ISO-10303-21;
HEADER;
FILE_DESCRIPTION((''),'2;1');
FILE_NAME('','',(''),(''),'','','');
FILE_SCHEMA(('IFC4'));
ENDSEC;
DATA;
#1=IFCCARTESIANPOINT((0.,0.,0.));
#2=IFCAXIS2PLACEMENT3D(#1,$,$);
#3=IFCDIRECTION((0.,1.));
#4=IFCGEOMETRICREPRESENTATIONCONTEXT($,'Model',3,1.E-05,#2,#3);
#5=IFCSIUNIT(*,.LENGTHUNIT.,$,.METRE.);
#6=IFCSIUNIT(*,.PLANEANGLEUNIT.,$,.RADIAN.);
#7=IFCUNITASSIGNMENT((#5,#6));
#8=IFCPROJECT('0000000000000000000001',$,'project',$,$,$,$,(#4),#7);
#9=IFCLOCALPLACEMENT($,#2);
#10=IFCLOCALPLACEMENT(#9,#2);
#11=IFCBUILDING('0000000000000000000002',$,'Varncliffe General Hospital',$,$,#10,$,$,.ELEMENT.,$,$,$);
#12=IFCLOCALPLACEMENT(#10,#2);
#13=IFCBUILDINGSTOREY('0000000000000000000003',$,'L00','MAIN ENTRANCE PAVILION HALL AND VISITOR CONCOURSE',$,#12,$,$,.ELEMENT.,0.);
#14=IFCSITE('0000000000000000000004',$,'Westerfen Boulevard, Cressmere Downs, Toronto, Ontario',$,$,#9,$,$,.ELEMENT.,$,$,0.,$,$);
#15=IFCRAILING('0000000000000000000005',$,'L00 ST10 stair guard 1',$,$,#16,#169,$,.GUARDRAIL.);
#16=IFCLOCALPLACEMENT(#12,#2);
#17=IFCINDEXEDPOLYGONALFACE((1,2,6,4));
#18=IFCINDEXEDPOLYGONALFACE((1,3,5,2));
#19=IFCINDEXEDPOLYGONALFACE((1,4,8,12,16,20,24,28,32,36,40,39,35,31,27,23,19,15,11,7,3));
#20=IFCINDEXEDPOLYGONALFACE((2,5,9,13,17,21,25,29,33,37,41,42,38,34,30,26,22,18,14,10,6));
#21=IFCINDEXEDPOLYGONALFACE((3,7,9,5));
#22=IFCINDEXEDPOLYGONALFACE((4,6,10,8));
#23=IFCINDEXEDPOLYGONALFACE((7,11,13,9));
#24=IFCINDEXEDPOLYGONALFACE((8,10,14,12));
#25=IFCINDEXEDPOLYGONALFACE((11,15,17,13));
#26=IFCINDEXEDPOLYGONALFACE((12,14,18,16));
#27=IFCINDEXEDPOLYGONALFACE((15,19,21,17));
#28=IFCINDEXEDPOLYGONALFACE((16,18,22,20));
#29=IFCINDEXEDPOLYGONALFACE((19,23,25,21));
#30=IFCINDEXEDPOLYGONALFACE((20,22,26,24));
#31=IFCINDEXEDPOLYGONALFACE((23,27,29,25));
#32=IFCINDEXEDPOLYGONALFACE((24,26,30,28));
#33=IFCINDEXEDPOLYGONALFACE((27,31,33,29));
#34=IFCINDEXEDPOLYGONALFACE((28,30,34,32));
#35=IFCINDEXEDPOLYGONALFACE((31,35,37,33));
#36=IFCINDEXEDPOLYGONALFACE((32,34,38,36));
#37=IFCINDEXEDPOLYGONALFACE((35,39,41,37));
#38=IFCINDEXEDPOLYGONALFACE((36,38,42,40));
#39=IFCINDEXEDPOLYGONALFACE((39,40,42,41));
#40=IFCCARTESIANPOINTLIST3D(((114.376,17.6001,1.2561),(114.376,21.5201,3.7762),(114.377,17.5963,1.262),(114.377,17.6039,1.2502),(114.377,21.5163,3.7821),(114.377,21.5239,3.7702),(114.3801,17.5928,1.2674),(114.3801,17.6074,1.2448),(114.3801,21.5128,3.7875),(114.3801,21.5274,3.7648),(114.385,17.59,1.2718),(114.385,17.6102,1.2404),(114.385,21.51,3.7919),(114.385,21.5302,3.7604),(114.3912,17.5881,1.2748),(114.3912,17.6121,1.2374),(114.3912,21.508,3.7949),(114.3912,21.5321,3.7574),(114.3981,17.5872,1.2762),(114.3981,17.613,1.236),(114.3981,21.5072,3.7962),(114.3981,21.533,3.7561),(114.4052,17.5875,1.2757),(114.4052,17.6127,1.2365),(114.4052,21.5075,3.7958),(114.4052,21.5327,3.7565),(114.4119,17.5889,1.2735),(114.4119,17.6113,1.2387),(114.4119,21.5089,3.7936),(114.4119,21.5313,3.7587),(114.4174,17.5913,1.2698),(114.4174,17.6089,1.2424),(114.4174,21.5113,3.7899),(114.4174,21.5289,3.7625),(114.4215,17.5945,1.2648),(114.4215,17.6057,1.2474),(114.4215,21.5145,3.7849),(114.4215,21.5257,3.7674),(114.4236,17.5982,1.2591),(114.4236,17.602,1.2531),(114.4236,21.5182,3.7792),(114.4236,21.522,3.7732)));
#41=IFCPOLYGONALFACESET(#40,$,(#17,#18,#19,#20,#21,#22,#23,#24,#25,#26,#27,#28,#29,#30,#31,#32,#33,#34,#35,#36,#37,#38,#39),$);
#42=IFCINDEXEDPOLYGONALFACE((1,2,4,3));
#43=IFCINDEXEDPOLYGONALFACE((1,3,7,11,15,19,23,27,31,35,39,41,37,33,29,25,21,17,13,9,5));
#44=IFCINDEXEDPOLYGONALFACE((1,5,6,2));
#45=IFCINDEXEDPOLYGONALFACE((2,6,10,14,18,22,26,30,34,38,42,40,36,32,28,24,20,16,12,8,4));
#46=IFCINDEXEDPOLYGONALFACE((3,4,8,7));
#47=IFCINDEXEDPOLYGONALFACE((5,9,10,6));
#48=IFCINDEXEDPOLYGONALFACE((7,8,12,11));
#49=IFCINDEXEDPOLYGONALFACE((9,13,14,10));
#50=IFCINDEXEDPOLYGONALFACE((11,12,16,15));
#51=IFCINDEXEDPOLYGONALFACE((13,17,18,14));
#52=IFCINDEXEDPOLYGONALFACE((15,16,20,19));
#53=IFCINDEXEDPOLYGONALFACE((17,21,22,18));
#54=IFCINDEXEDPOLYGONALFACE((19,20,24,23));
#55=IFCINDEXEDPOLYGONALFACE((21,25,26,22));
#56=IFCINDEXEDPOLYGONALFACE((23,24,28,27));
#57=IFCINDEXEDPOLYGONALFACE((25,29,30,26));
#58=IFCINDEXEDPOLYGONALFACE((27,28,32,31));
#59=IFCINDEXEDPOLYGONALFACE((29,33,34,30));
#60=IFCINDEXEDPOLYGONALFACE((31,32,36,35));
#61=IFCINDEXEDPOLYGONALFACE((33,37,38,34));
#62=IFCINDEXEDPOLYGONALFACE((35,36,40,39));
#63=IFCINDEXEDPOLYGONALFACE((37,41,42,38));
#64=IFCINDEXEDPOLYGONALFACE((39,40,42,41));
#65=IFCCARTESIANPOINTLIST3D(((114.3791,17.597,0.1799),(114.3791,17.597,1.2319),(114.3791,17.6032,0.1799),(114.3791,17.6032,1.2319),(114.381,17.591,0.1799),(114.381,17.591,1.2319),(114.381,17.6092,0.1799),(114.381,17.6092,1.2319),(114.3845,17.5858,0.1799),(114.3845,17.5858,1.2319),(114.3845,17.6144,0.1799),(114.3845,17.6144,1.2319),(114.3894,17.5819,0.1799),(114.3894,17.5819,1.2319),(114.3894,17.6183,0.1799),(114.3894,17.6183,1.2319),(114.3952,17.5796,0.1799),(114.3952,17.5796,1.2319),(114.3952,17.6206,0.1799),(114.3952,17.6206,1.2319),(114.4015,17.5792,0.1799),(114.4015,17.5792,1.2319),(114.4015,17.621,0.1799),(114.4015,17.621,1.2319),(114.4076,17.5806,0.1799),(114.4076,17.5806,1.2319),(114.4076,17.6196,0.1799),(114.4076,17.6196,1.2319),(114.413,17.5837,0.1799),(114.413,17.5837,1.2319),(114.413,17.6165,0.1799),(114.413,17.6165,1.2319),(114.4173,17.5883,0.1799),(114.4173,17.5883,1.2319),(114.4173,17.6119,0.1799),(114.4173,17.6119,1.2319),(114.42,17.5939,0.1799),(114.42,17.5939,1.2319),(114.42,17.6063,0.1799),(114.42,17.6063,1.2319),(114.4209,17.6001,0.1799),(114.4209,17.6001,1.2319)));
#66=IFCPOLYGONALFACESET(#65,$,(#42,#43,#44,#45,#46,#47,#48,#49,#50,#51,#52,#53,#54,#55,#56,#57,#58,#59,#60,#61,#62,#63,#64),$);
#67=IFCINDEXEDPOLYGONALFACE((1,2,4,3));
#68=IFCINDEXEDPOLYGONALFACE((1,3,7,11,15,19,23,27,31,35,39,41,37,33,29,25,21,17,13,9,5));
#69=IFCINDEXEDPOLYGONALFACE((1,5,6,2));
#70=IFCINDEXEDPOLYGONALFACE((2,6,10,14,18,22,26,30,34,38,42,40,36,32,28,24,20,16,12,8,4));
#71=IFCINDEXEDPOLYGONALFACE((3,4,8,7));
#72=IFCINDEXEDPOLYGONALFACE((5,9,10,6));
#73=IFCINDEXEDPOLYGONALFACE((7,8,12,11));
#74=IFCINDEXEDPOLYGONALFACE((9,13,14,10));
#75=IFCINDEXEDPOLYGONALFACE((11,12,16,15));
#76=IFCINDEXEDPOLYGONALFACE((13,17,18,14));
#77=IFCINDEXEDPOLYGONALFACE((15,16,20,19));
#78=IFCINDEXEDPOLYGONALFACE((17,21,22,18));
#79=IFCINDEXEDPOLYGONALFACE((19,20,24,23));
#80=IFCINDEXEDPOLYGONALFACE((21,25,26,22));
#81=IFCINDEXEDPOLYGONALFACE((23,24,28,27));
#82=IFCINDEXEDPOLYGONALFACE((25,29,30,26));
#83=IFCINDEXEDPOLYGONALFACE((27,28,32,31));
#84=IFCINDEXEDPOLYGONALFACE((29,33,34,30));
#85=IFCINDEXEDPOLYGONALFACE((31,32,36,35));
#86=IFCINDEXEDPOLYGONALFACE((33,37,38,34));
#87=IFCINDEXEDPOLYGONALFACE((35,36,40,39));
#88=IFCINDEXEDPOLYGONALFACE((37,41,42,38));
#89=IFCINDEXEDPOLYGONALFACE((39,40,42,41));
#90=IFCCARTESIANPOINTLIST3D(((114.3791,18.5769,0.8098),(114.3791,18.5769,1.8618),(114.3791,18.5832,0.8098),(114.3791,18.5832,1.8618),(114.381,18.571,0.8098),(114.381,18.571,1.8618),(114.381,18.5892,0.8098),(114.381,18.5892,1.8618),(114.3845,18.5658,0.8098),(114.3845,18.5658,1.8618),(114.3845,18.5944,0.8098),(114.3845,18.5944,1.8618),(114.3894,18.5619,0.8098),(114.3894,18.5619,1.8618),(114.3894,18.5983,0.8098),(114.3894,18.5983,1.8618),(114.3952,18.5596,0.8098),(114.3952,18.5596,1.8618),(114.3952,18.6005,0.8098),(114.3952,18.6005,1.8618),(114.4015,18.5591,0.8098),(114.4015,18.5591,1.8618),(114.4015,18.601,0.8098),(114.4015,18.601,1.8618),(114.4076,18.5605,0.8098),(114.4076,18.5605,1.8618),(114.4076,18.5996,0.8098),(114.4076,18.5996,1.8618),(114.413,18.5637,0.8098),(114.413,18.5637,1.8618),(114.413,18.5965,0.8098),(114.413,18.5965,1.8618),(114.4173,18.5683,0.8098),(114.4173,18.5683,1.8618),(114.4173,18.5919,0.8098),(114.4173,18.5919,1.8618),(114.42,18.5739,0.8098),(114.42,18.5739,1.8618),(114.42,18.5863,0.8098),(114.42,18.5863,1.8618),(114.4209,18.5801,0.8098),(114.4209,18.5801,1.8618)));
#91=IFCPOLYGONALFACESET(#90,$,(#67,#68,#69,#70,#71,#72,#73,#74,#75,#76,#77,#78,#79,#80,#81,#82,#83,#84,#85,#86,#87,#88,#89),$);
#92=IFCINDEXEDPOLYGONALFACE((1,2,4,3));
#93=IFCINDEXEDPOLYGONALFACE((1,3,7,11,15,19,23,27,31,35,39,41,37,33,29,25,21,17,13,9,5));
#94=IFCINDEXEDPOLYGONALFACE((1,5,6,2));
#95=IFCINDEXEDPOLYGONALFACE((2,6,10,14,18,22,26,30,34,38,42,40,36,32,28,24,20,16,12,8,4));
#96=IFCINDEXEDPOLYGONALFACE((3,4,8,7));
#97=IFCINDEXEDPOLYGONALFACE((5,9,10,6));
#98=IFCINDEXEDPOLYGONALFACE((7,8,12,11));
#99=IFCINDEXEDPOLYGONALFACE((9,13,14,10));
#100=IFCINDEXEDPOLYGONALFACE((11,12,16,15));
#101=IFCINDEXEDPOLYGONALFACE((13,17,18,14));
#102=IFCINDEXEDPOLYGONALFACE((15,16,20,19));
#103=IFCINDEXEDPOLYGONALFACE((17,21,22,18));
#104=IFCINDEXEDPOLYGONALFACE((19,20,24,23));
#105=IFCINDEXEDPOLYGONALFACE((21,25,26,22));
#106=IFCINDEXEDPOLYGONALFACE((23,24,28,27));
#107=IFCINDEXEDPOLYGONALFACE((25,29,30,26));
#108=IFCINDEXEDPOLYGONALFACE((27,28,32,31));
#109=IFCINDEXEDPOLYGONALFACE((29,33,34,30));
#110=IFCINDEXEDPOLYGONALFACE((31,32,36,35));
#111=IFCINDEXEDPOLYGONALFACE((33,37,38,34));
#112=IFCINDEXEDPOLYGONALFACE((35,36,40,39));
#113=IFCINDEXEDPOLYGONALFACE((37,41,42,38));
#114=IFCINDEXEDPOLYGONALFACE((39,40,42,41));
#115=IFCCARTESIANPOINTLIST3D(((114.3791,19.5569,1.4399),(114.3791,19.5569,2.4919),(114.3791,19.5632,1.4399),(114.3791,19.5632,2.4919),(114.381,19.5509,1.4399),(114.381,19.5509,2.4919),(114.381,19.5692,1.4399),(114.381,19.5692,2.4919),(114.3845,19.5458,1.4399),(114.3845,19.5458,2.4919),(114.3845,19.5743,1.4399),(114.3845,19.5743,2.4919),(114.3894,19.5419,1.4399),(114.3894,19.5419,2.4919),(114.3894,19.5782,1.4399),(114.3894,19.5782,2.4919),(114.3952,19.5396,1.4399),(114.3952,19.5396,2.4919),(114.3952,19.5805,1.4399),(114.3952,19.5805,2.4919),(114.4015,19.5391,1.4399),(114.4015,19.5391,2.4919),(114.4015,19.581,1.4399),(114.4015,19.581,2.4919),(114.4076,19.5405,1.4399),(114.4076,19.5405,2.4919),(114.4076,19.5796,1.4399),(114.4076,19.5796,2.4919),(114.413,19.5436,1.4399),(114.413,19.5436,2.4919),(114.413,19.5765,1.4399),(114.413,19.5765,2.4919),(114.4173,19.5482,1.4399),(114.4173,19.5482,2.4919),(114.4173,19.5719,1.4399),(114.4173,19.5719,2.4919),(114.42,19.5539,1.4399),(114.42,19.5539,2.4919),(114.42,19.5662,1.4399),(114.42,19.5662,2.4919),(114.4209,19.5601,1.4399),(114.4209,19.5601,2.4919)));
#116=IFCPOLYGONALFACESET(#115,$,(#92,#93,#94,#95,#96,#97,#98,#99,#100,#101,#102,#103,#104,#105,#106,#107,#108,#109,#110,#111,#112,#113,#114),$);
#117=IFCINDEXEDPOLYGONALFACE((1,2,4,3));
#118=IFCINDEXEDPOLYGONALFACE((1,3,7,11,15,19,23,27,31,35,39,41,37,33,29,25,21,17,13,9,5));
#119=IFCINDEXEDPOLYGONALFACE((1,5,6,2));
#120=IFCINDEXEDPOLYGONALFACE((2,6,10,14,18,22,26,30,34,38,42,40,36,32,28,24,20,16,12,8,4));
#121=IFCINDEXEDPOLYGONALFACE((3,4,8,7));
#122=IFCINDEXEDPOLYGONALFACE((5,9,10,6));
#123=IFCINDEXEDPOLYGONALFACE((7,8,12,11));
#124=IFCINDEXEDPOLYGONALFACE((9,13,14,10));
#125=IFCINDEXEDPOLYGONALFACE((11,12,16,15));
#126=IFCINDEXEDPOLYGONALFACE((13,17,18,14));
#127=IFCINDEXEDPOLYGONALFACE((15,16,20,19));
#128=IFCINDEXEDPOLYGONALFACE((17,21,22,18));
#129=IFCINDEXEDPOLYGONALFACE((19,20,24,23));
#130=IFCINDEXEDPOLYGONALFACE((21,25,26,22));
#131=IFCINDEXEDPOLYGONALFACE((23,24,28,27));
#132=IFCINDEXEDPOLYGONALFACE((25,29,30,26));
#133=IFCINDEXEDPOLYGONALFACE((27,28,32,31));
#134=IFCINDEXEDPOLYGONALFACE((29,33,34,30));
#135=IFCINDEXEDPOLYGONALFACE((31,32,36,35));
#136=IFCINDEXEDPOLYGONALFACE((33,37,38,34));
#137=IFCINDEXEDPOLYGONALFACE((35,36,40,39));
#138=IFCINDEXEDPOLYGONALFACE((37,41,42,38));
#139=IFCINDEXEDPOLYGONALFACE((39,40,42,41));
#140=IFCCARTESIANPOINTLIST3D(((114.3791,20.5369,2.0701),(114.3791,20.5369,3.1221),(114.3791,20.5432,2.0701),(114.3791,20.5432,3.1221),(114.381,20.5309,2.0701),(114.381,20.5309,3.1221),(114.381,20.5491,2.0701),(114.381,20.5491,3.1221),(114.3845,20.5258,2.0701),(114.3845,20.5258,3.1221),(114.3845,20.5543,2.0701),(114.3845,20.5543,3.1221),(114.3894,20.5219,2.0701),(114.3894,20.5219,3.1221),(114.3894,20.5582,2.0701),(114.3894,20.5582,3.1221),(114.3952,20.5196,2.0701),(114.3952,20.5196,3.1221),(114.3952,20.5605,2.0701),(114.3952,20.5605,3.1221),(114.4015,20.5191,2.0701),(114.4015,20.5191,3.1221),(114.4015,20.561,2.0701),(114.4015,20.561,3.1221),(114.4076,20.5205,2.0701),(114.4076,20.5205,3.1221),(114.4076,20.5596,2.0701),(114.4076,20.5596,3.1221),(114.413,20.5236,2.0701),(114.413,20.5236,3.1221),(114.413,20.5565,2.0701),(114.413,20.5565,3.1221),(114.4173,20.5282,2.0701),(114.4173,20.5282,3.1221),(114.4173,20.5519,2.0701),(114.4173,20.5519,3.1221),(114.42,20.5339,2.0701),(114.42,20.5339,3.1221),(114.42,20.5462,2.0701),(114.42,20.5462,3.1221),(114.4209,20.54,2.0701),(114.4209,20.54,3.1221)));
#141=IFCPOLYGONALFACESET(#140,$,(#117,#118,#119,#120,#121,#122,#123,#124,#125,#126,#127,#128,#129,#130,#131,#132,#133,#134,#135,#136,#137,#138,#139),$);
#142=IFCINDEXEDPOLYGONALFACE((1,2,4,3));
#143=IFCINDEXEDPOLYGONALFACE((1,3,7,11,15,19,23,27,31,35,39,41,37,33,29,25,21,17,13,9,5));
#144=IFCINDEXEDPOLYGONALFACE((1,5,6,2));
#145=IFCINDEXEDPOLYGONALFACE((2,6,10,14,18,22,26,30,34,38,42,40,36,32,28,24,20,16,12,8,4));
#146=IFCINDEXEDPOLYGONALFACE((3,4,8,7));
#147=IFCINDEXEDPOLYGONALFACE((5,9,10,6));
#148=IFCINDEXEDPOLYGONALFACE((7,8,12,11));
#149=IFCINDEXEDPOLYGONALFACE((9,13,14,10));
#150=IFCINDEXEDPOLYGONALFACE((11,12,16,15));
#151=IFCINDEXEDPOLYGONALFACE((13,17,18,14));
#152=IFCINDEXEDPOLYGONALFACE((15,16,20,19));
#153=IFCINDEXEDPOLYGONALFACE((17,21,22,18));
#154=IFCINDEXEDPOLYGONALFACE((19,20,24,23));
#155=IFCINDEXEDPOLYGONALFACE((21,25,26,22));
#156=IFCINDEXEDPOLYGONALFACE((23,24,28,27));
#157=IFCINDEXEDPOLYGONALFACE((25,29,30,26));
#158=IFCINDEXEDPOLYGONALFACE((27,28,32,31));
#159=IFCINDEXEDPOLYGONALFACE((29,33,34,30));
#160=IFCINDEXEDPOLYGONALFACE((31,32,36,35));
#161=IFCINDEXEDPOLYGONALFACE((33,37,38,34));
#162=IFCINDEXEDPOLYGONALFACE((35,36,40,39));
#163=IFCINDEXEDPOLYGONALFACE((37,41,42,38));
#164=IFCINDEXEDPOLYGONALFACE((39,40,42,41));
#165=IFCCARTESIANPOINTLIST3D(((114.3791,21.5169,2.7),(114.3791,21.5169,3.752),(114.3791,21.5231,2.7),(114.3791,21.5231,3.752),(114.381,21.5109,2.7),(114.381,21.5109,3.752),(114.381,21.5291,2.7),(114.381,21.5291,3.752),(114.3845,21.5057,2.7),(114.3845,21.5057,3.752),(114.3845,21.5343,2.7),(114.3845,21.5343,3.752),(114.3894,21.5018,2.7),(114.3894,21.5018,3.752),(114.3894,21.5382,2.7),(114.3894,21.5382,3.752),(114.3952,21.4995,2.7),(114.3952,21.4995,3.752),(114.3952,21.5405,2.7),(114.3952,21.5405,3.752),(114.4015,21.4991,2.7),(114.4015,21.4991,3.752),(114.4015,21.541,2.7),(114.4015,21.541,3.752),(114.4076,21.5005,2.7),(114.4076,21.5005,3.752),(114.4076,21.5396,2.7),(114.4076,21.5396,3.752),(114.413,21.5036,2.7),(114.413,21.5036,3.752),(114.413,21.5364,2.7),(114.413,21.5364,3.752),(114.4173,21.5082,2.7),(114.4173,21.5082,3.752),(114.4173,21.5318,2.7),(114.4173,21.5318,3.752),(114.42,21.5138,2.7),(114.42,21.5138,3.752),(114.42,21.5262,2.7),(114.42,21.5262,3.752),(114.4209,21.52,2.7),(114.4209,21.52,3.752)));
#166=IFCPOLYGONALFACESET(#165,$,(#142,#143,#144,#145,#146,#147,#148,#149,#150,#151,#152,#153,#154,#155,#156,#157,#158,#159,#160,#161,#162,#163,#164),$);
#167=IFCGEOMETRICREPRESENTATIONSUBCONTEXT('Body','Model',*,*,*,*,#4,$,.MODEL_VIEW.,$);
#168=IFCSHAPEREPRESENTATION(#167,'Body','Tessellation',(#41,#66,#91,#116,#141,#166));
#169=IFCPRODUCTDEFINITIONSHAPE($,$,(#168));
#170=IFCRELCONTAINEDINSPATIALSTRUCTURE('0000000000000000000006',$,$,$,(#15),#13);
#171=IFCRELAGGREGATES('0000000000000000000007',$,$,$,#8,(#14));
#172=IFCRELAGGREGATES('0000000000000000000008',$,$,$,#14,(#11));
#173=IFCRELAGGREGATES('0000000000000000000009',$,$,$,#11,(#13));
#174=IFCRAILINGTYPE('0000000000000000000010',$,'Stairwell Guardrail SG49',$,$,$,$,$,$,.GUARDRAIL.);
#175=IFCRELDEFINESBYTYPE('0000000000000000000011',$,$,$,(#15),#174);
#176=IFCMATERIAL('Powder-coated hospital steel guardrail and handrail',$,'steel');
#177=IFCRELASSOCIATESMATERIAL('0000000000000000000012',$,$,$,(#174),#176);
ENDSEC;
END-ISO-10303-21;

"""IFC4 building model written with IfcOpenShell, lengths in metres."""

from ifc_helpers import new_model, si_unit, direction, frame, origin, origin_2d, place, context, subcontext, project, spatial, circle, extrude, material, type_object, element, save


model = new_model("IFC4")

# Units and contexts
model_context = context("Model", 3, precision=1e-05, world=origin(), true_north=direction((0.0, 1.0)))
body_context = subcontext(model_context, "Body", "Model", "MODEL_VIEW")
ifc_project = project(units=[si_unit("LENGTHUNIT", "METRE"), si_unit("PLANEANGLEUNIT", "RADIAN")], contexts=[model_context])

# Site, building, storey
site_placement = place(None, origin())
site = spatial("IfcSite", under=ifc_project, at=site_placement, Name="Westerfen Boulevard, Cressmere Downs, Toronto, Ontario", CompositionType="ELEMENT", RefElevation=0.0)
building_placement = place(site_placement, origin())
building = spatial("IfcBuilding", under=site, at=building_placement, Name="Varncliffe General Hospital", CompositionType="ELEMENT")
storey_placement = place(building_placement, origin())
storey = spatial("IfcBuildingStorey", under=building, at=storey_placement, Name="L00", Description="MAIN ENTRANCE PAVILION HALL AND VISITOR CONCOURSE", CompositionType="ELEMENT", Elevation=0.0)

# Railing
ifc_material_1 = material(Name="Powder-coated hospital steel guardrail and handrail", Category="steel")
railing_type_1 = type_object("IfcRailingType", Name="Stairwell Guardrail SG49", PredefinedType="GUARDRAIL", material=ifc_material_1)
railing_1_placement = place(storey_placement, frame((114.3999, 17.6001, 0.1799)))
element("IfcRailing", 1, at=railing_1_placement, inside=storey, type_object=railing_type_1, Name="L00 ST10 stair guard 1", PredefinedType="GUARDRAIL", context=body_context, shape_type="SweptSolid", body=[
    extrude(circle(Radius=0.0239, at=origin_2d()), frame((0.0, 0.0, 1.0762), z_axis=(0.0, 0.841172, 0.540768), x_axis=(-1.0, 0.0, 0.0)), (0.0, 0.0, 1.0), 4.6602),
    extrude(circle(Radius=0.021, at=origin_2d()), origin(), (0.0, 0.0, 1.0), 1.052),
    extrude(circle(Radius=0.021, at=origin_2d()), frame((0.0, 0.98, 0.6299)), (0.0, 0.0, 1.0), 1.052),
    extrude(circle(Radius=0.021, at=origin_2d()), frame((0.0, 1.96, 1.26)), (0.0, 0.0, 1.0), 1.052),
    extrude(circle(Radius=0.021, at=origin_2d()), frame((0.0, 2.9399, 1.8901)), (0.0, 0.0, 1.0), 1.052),
    extrude(circle(Radius=0.021, at=origin_2d()), frame((0.0, 3.9199, 2.52)), (0.0, 0.0, 1.0), 1.052),
])

save(model, "model.ifc")
